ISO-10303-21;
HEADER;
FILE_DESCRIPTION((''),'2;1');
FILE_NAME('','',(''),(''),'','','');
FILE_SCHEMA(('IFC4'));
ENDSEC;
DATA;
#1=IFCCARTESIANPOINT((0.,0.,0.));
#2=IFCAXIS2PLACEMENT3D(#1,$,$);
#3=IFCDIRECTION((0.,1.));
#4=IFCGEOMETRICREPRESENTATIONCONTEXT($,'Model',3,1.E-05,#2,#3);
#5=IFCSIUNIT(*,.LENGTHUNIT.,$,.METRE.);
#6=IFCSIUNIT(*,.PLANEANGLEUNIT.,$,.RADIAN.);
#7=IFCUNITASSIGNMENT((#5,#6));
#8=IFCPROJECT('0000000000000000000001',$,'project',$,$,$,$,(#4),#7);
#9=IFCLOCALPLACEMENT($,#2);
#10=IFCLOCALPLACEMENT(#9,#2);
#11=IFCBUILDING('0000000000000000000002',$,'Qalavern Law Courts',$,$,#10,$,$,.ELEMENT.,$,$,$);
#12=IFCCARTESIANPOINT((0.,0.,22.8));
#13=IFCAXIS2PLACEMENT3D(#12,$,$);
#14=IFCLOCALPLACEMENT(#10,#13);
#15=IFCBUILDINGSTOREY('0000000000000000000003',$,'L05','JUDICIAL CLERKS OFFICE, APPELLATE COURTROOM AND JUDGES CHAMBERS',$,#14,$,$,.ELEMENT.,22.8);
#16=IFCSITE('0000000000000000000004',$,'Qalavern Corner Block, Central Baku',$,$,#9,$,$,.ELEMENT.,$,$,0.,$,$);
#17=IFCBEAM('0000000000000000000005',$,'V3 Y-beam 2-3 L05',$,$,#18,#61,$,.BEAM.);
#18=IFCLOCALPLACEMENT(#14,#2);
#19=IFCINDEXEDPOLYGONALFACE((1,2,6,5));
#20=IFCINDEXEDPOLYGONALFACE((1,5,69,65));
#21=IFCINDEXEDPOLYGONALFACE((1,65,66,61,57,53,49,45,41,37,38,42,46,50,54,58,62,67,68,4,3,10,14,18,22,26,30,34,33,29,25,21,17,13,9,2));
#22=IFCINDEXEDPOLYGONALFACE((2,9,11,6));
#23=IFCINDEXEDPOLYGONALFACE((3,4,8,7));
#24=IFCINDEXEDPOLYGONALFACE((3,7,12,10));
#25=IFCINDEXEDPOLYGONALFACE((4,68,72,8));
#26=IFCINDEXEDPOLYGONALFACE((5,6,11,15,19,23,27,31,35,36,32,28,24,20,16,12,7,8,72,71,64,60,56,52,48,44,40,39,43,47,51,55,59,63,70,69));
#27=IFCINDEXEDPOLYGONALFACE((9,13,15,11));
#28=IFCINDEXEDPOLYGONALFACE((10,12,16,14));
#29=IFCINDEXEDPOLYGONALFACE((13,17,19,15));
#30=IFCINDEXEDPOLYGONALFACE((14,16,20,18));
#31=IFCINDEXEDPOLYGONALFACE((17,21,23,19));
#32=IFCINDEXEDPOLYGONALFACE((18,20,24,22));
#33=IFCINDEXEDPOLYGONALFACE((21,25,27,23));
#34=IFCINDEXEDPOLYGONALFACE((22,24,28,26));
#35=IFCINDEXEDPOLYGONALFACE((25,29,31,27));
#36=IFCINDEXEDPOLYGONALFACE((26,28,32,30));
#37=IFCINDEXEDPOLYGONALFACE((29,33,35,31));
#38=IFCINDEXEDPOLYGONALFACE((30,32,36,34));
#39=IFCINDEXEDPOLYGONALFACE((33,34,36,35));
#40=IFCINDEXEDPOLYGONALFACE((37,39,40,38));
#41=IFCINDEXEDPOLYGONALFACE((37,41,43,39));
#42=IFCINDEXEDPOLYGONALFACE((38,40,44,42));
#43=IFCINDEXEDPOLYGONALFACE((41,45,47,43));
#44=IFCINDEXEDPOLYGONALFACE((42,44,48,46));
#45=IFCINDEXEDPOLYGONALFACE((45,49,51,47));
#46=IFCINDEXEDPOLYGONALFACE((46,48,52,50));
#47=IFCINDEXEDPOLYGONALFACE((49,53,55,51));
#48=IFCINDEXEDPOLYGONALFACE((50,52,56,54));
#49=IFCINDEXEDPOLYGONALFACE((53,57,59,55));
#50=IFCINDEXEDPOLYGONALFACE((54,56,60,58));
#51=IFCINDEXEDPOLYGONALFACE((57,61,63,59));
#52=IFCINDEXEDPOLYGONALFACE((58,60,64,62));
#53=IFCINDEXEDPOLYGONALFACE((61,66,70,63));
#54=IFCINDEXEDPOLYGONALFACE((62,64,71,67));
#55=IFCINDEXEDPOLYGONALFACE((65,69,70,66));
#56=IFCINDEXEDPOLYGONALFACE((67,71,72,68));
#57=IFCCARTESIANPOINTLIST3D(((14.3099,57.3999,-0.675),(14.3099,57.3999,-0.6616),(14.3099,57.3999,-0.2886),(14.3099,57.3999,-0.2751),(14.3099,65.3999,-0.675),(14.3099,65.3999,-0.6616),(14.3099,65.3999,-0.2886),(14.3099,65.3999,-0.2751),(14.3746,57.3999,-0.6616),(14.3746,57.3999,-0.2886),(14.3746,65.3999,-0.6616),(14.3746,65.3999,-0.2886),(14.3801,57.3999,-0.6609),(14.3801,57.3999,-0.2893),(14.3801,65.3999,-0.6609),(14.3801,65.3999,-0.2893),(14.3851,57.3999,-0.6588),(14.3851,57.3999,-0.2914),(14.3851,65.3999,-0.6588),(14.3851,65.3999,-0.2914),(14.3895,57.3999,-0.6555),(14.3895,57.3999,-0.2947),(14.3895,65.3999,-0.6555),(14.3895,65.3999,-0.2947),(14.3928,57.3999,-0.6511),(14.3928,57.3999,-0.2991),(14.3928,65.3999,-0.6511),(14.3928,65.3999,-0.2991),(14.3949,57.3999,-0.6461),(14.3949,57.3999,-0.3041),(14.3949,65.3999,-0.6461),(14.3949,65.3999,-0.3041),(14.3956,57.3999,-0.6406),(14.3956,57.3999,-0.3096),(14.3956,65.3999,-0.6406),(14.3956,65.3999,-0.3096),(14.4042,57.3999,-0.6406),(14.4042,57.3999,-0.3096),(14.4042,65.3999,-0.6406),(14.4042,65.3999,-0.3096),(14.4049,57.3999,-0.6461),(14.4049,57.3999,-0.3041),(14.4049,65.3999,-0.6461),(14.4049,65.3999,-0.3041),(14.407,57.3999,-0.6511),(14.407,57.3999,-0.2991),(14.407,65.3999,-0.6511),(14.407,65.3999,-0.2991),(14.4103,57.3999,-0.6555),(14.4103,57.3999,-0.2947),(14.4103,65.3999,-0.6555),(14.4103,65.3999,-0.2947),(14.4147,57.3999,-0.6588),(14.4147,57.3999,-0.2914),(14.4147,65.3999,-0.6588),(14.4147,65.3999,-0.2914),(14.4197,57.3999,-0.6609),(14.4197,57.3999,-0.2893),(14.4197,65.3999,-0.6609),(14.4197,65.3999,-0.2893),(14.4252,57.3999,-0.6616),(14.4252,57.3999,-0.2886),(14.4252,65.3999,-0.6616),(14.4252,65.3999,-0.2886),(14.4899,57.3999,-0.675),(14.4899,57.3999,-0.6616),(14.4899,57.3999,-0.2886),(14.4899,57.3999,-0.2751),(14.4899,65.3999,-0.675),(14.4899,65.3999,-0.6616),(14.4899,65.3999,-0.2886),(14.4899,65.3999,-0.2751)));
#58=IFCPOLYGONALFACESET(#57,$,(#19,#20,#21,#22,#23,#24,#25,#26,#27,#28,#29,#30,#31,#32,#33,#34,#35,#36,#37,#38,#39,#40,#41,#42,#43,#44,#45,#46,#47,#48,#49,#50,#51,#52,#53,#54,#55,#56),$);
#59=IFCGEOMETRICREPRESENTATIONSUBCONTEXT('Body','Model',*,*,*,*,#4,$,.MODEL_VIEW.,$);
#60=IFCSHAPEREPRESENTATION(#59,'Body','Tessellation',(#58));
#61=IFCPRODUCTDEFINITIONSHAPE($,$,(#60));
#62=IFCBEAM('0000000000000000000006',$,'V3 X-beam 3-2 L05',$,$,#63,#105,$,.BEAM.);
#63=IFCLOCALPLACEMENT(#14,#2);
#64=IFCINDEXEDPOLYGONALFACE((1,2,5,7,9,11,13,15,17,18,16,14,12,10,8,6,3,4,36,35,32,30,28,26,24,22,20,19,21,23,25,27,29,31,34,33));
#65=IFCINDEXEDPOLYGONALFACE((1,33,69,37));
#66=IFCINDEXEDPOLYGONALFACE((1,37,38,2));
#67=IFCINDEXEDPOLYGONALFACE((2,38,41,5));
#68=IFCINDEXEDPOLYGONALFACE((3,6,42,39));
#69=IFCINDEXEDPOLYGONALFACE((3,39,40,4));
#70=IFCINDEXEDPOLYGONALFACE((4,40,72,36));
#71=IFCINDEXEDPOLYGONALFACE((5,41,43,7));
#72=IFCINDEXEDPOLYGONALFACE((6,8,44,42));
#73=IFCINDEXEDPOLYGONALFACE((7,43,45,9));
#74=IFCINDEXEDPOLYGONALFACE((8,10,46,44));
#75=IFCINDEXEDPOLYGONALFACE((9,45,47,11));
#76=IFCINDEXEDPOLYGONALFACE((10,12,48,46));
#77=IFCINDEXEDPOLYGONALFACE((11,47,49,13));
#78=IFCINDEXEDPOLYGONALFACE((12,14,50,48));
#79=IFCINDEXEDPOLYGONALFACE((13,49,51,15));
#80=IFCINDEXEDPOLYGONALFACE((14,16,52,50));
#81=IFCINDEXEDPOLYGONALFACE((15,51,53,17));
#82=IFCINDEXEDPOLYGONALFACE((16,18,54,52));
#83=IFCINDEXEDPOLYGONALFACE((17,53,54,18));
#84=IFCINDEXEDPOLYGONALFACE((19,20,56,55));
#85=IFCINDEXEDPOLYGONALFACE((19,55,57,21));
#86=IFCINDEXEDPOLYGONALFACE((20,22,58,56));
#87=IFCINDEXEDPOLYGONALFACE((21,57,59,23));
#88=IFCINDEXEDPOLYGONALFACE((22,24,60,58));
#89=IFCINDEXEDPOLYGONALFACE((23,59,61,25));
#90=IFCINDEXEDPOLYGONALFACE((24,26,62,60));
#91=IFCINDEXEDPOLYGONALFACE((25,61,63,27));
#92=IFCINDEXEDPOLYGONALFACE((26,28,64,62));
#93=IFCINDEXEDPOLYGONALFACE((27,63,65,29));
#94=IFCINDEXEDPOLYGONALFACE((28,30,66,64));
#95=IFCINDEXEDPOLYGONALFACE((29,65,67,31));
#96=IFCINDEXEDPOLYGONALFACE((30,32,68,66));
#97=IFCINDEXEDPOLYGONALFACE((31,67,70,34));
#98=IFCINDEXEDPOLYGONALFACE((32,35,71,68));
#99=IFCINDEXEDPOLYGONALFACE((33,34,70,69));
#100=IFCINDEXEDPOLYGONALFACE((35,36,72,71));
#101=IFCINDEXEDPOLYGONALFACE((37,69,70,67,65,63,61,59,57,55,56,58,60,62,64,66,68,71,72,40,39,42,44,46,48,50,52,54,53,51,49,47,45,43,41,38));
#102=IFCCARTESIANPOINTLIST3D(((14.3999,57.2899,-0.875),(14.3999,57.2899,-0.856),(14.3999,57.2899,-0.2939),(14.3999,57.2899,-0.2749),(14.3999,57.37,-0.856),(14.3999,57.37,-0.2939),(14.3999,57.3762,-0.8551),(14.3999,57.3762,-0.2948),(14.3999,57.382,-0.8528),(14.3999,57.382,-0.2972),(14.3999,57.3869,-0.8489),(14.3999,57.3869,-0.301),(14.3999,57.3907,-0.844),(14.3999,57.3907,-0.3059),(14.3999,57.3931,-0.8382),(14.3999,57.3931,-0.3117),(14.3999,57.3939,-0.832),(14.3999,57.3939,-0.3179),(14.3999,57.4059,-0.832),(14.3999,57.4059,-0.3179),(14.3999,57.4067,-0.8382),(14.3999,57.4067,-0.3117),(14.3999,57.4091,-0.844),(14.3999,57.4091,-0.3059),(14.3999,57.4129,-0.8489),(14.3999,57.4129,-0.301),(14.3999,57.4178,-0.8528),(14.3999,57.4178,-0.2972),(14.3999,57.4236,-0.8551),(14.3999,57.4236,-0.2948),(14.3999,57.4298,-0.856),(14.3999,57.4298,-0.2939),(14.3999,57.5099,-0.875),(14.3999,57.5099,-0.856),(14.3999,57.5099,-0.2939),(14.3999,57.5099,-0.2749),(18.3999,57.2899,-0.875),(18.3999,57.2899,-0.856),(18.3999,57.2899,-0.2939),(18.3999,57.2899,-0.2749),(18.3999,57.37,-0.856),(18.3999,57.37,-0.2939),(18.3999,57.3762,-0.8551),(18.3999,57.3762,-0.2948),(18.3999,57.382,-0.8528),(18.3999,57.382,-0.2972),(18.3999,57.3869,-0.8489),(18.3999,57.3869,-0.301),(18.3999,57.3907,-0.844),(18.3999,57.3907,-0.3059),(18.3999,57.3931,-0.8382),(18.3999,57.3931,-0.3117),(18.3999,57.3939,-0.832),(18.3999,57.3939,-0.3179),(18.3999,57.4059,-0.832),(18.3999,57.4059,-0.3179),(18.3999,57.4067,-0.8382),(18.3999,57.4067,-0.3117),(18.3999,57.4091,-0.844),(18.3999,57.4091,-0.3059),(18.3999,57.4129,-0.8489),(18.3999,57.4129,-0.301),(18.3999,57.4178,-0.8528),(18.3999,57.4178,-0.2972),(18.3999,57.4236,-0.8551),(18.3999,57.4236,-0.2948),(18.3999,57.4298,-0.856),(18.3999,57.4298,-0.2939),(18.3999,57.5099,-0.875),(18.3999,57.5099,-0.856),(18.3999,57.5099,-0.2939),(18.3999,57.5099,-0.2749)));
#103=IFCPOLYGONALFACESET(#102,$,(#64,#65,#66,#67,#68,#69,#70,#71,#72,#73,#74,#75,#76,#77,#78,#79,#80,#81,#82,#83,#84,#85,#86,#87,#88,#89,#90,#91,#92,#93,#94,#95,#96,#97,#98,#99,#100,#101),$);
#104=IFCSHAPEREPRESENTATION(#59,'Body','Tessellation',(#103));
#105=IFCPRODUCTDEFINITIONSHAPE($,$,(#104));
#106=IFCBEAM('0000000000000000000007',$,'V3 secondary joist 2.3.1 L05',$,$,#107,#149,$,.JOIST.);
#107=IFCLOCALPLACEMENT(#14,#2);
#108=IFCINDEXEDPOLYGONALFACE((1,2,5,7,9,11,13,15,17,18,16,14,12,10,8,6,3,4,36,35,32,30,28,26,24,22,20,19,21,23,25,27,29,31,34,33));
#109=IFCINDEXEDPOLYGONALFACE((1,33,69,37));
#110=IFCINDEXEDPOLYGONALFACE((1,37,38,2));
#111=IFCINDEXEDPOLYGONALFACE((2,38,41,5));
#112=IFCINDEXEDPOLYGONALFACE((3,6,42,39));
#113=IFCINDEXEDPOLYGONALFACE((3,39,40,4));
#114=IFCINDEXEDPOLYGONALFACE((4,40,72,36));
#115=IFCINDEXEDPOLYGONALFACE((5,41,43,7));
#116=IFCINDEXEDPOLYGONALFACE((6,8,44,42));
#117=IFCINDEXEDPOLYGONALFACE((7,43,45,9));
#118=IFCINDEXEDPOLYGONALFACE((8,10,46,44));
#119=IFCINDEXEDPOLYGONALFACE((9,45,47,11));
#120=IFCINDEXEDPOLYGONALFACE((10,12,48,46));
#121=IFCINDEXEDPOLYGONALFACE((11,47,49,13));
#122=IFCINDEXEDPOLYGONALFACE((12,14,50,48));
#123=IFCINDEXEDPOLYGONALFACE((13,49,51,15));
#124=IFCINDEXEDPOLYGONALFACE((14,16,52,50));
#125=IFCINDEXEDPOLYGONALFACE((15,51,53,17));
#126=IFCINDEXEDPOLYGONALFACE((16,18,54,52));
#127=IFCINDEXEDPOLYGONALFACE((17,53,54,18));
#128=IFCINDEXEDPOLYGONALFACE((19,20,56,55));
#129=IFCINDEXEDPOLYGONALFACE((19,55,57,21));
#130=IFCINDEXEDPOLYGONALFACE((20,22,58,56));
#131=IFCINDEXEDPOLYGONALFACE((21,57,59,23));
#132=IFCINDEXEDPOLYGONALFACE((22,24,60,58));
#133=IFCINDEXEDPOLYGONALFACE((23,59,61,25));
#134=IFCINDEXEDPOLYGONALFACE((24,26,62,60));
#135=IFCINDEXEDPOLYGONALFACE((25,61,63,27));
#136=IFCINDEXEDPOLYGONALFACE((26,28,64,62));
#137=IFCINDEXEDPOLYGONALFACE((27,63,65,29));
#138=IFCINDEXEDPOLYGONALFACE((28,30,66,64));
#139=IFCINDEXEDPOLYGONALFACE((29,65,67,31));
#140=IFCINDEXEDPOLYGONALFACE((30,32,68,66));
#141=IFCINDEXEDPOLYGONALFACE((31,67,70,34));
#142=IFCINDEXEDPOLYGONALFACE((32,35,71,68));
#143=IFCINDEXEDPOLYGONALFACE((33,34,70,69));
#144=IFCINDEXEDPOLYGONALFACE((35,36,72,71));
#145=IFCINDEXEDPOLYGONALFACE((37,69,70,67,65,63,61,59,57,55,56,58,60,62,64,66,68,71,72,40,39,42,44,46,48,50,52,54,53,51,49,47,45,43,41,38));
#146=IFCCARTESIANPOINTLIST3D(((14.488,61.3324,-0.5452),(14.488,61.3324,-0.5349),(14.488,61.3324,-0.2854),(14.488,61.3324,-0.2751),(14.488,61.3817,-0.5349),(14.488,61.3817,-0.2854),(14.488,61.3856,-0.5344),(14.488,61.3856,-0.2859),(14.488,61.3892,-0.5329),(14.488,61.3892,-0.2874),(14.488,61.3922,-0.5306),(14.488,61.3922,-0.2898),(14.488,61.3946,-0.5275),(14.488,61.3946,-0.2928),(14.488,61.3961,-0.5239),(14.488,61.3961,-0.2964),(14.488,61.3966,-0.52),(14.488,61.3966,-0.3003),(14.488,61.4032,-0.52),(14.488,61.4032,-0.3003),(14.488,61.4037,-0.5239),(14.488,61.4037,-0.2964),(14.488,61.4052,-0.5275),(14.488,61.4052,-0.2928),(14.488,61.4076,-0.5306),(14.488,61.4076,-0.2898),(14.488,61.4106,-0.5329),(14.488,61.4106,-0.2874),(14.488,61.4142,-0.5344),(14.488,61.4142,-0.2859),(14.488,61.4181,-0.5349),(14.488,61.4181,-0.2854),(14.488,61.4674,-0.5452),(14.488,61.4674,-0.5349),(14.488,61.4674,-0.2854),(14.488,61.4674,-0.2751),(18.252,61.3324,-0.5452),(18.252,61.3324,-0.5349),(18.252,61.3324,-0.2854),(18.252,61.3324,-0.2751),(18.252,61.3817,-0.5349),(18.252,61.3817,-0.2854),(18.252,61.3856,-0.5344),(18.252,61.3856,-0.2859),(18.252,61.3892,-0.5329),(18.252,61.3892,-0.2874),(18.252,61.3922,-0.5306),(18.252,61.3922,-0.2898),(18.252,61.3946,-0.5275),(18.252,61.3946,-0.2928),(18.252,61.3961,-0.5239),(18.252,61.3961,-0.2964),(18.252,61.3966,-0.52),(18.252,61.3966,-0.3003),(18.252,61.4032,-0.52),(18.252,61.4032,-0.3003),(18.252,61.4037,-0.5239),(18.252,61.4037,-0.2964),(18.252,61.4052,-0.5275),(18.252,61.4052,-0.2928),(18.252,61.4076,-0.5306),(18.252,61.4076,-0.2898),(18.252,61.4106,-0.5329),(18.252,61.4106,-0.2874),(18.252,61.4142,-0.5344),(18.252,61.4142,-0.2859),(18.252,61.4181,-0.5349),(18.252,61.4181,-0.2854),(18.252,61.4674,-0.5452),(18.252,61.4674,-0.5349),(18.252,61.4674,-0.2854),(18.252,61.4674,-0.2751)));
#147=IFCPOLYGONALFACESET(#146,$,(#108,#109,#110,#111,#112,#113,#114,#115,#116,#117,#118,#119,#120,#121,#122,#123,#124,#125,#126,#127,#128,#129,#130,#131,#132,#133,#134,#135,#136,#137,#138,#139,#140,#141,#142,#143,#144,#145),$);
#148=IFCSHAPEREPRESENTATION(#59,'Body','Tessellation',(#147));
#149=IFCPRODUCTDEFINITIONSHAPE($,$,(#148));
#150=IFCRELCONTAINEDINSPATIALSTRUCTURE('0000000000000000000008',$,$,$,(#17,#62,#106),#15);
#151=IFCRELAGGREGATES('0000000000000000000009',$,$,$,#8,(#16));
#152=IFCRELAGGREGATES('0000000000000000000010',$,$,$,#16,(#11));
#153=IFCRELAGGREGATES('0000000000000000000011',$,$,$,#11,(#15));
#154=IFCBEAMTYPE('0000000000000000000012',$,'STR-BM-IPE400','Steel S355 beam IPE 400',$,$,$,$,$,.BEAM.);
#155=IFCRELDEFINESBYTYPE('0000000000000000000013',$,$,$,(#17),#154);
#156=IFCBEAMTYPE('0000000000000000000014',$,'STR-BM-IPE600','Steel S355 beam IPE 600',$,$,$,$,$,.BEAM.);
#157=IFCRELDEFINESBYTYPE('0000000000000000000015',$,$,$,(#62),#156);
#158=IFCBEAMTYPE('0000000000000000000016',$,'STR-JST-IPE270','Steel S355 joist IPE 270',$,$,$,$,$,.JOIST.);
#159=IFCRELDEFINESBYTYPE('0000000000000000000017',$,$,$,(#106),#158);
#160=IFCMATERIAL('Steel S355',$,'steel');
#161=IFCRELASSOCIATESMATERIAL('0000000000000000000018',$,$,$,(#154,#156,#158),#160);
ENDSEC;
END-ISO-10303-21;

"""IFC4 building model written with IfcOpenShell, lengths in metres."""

from ifc_helpers import new_model, si_unit, direction, frame, origin, origin_2d, place, context, subcontext, project, spatial, i_section, extrude, material, material_profile, profile_set, type_object, element, save


model = new_model("IFC4")

# Units and contexts
model_context = context("Model", 3, precision=1e-05, world=origin(), true_north=direction((0.0, 1.0)))
body_context = subcontext(model_context, "Body", "Model", "MODEL_VIEW")
ifc_project = project(units=[si_unit("LENGTHUNIT", "METRE"), si_unit("PLANEANGLEUNIT", "RADIAN")], contexts=[model_context])

# Site, building, storey
site_placement = place(None, origin())
site = spatial("IfcSite", under=ifc_project, at=site_placement, Name="Qalavern Corner Block, Central Baku", CompositionType="ELEMENT", RefElevation=0.0)
building_placement = place(site_placement, origin())
building = spatial("IfcBuilding", under=site, at=building_placement, Name="Qalavern Law Courts", CompositionType="ELEMENT")
storey_placement = place(building_placement, frame((0.0, 0.0, 22.8)))
storey = spatial("IfcBuildingStorey", under=building, at=storey_placement, Name="L05", Description="JUDICIAL CLERKS OFFICE, APPELLATE COURTROOM AND JUDGES CHAMBERS", CompositionType="ELEMENT", Elevation=22.8)

# Beams
ifc_material_1 = material(Name="Steel S355", Category="steel")
ifc_material_profile_1 = material_profile(ifc_material_1, i_section(OverallWidth=0.1799, OverallDepth=0.3999, WebThickness=0.0085, FlangeThickness=0.0134, FilletRadius=0.021, at=origin_2d()), Name="IPE 400")
ifc_profile_set_1 = profile_set([ifc_material_profile_1], Name="Steel S355")
beam_type_1 = type_object("IfcBeamType", Name="STR-BM-IPE400", Description="Steel S355 beam IPE 400", PredefinedType="BEAM", material=ifc_profile_set_1)
beam_1_placement = place(storey_placement, frame((14.3999, 57.3999, -0.4751), z_axis=(0.0, 1.0, 0.0), x_axis=(-1.0, 0.0, 0.0)))
element("IfcBeam", 1, at=beam_1_placement, inside=storey, type_object=beam_type_1, Name="V3 Y-beam 2-3 L05", PredefinedType="BEAM", context=body_context, shape_type="SweptSolid", body=[
    extrude(i_section(OverallWidth=0.1799, OverallDepth=0.3999, WebThickness=0.0085, FlangeThickness=0.0134, FilletRadius=0.021, at=origin_2d()), origin(), (0.0, 0.0, 1.0), 8.0),
])
ifc_material_profile_2 = material_profile(ifc_material_1, i_section(OverallWidth=0.22, OverallDepth=0.6001, WebThickness=0.012, FlangeThickness=0.019, FilletRadius=0.0239, at=origin_2d()), Name="IPE 600")
ifc_profile_set_2 = profile_set([ifc_material_profile_2], Name="Steel S355")
beam_type_2 = type_object("IfcBeamType", Name="STR-BM-IPE600", Description="Steel S355 beam IPE 600", PredefinedType="BEAM", material=ifc_profile_set_2)
beam_2_placement = place(storey_placement, frame((14.3999, 57.3999, -0.575), z_axis=(1.0, 0.0, 0.0), x_axis=(0.0, 1.0, 0.0)))
element("IfcBeam", 2, at=beam_2_placement, inside=storey, type_object=beam_type_2, Name="V3 X-beam 3-2 L05", PredefinedType="BEAM", context=body_context, shape_type="SweptSolid", body=[
    extrude(i_section(OverallWidth=0.22, OverallDepth=0.6001, WebThickness=0.012, FlangeThickness=0.019, FilletRadius=0.0239, at=origin_2d()), origin(), (0.0, 0.0, 1.0), 4.0),
])
ifc_material_profile_3 = material_profile(ifc_material_1, i_section(OverallWidth=0.135, OverallDepth=0.27, WebThickness=0.0066, FlangeThickness=0.0103, FilletRadius=0.0149, at=origin_2d()), Name="IPE 270")
ifc_profile_set_3 = profile_set([ifc_material_profile_3], Name="Steel S355")
beam_type_3 = type_object("IfcBeamType", Name="STR-JST-IPE270", Description="Steel S355 joist IPE 270", PredefinedType="JOIST", material=ifc_profile_set_3)
beam_3_placement = place(storey_placement, frame((14.488, 61.3999, -0.4102), z_axis=(1.0, 0.0, 0.0), x_axis=(0.0, 1.0, 0.0)))
element("IfcBeam", 3, at=beam_3_placement, inside=storey, type_object=beam_type_3, Name="V3 secondary joist 2.3.1 L05", PredefinedType="JOIST", context=body_context, shape_type="SweptSolid", body=[
    extrude(i_section(OverallWidth=0.135, OverallDepth=0.27, WebThickness=0.0066, FlangeThickness=0.0103, FilletRadius=0.0149, at=origin_2d()), origin(), (0.0, 0.0, 1.0), 3.7639),
])

save(model, "model.ifc")
